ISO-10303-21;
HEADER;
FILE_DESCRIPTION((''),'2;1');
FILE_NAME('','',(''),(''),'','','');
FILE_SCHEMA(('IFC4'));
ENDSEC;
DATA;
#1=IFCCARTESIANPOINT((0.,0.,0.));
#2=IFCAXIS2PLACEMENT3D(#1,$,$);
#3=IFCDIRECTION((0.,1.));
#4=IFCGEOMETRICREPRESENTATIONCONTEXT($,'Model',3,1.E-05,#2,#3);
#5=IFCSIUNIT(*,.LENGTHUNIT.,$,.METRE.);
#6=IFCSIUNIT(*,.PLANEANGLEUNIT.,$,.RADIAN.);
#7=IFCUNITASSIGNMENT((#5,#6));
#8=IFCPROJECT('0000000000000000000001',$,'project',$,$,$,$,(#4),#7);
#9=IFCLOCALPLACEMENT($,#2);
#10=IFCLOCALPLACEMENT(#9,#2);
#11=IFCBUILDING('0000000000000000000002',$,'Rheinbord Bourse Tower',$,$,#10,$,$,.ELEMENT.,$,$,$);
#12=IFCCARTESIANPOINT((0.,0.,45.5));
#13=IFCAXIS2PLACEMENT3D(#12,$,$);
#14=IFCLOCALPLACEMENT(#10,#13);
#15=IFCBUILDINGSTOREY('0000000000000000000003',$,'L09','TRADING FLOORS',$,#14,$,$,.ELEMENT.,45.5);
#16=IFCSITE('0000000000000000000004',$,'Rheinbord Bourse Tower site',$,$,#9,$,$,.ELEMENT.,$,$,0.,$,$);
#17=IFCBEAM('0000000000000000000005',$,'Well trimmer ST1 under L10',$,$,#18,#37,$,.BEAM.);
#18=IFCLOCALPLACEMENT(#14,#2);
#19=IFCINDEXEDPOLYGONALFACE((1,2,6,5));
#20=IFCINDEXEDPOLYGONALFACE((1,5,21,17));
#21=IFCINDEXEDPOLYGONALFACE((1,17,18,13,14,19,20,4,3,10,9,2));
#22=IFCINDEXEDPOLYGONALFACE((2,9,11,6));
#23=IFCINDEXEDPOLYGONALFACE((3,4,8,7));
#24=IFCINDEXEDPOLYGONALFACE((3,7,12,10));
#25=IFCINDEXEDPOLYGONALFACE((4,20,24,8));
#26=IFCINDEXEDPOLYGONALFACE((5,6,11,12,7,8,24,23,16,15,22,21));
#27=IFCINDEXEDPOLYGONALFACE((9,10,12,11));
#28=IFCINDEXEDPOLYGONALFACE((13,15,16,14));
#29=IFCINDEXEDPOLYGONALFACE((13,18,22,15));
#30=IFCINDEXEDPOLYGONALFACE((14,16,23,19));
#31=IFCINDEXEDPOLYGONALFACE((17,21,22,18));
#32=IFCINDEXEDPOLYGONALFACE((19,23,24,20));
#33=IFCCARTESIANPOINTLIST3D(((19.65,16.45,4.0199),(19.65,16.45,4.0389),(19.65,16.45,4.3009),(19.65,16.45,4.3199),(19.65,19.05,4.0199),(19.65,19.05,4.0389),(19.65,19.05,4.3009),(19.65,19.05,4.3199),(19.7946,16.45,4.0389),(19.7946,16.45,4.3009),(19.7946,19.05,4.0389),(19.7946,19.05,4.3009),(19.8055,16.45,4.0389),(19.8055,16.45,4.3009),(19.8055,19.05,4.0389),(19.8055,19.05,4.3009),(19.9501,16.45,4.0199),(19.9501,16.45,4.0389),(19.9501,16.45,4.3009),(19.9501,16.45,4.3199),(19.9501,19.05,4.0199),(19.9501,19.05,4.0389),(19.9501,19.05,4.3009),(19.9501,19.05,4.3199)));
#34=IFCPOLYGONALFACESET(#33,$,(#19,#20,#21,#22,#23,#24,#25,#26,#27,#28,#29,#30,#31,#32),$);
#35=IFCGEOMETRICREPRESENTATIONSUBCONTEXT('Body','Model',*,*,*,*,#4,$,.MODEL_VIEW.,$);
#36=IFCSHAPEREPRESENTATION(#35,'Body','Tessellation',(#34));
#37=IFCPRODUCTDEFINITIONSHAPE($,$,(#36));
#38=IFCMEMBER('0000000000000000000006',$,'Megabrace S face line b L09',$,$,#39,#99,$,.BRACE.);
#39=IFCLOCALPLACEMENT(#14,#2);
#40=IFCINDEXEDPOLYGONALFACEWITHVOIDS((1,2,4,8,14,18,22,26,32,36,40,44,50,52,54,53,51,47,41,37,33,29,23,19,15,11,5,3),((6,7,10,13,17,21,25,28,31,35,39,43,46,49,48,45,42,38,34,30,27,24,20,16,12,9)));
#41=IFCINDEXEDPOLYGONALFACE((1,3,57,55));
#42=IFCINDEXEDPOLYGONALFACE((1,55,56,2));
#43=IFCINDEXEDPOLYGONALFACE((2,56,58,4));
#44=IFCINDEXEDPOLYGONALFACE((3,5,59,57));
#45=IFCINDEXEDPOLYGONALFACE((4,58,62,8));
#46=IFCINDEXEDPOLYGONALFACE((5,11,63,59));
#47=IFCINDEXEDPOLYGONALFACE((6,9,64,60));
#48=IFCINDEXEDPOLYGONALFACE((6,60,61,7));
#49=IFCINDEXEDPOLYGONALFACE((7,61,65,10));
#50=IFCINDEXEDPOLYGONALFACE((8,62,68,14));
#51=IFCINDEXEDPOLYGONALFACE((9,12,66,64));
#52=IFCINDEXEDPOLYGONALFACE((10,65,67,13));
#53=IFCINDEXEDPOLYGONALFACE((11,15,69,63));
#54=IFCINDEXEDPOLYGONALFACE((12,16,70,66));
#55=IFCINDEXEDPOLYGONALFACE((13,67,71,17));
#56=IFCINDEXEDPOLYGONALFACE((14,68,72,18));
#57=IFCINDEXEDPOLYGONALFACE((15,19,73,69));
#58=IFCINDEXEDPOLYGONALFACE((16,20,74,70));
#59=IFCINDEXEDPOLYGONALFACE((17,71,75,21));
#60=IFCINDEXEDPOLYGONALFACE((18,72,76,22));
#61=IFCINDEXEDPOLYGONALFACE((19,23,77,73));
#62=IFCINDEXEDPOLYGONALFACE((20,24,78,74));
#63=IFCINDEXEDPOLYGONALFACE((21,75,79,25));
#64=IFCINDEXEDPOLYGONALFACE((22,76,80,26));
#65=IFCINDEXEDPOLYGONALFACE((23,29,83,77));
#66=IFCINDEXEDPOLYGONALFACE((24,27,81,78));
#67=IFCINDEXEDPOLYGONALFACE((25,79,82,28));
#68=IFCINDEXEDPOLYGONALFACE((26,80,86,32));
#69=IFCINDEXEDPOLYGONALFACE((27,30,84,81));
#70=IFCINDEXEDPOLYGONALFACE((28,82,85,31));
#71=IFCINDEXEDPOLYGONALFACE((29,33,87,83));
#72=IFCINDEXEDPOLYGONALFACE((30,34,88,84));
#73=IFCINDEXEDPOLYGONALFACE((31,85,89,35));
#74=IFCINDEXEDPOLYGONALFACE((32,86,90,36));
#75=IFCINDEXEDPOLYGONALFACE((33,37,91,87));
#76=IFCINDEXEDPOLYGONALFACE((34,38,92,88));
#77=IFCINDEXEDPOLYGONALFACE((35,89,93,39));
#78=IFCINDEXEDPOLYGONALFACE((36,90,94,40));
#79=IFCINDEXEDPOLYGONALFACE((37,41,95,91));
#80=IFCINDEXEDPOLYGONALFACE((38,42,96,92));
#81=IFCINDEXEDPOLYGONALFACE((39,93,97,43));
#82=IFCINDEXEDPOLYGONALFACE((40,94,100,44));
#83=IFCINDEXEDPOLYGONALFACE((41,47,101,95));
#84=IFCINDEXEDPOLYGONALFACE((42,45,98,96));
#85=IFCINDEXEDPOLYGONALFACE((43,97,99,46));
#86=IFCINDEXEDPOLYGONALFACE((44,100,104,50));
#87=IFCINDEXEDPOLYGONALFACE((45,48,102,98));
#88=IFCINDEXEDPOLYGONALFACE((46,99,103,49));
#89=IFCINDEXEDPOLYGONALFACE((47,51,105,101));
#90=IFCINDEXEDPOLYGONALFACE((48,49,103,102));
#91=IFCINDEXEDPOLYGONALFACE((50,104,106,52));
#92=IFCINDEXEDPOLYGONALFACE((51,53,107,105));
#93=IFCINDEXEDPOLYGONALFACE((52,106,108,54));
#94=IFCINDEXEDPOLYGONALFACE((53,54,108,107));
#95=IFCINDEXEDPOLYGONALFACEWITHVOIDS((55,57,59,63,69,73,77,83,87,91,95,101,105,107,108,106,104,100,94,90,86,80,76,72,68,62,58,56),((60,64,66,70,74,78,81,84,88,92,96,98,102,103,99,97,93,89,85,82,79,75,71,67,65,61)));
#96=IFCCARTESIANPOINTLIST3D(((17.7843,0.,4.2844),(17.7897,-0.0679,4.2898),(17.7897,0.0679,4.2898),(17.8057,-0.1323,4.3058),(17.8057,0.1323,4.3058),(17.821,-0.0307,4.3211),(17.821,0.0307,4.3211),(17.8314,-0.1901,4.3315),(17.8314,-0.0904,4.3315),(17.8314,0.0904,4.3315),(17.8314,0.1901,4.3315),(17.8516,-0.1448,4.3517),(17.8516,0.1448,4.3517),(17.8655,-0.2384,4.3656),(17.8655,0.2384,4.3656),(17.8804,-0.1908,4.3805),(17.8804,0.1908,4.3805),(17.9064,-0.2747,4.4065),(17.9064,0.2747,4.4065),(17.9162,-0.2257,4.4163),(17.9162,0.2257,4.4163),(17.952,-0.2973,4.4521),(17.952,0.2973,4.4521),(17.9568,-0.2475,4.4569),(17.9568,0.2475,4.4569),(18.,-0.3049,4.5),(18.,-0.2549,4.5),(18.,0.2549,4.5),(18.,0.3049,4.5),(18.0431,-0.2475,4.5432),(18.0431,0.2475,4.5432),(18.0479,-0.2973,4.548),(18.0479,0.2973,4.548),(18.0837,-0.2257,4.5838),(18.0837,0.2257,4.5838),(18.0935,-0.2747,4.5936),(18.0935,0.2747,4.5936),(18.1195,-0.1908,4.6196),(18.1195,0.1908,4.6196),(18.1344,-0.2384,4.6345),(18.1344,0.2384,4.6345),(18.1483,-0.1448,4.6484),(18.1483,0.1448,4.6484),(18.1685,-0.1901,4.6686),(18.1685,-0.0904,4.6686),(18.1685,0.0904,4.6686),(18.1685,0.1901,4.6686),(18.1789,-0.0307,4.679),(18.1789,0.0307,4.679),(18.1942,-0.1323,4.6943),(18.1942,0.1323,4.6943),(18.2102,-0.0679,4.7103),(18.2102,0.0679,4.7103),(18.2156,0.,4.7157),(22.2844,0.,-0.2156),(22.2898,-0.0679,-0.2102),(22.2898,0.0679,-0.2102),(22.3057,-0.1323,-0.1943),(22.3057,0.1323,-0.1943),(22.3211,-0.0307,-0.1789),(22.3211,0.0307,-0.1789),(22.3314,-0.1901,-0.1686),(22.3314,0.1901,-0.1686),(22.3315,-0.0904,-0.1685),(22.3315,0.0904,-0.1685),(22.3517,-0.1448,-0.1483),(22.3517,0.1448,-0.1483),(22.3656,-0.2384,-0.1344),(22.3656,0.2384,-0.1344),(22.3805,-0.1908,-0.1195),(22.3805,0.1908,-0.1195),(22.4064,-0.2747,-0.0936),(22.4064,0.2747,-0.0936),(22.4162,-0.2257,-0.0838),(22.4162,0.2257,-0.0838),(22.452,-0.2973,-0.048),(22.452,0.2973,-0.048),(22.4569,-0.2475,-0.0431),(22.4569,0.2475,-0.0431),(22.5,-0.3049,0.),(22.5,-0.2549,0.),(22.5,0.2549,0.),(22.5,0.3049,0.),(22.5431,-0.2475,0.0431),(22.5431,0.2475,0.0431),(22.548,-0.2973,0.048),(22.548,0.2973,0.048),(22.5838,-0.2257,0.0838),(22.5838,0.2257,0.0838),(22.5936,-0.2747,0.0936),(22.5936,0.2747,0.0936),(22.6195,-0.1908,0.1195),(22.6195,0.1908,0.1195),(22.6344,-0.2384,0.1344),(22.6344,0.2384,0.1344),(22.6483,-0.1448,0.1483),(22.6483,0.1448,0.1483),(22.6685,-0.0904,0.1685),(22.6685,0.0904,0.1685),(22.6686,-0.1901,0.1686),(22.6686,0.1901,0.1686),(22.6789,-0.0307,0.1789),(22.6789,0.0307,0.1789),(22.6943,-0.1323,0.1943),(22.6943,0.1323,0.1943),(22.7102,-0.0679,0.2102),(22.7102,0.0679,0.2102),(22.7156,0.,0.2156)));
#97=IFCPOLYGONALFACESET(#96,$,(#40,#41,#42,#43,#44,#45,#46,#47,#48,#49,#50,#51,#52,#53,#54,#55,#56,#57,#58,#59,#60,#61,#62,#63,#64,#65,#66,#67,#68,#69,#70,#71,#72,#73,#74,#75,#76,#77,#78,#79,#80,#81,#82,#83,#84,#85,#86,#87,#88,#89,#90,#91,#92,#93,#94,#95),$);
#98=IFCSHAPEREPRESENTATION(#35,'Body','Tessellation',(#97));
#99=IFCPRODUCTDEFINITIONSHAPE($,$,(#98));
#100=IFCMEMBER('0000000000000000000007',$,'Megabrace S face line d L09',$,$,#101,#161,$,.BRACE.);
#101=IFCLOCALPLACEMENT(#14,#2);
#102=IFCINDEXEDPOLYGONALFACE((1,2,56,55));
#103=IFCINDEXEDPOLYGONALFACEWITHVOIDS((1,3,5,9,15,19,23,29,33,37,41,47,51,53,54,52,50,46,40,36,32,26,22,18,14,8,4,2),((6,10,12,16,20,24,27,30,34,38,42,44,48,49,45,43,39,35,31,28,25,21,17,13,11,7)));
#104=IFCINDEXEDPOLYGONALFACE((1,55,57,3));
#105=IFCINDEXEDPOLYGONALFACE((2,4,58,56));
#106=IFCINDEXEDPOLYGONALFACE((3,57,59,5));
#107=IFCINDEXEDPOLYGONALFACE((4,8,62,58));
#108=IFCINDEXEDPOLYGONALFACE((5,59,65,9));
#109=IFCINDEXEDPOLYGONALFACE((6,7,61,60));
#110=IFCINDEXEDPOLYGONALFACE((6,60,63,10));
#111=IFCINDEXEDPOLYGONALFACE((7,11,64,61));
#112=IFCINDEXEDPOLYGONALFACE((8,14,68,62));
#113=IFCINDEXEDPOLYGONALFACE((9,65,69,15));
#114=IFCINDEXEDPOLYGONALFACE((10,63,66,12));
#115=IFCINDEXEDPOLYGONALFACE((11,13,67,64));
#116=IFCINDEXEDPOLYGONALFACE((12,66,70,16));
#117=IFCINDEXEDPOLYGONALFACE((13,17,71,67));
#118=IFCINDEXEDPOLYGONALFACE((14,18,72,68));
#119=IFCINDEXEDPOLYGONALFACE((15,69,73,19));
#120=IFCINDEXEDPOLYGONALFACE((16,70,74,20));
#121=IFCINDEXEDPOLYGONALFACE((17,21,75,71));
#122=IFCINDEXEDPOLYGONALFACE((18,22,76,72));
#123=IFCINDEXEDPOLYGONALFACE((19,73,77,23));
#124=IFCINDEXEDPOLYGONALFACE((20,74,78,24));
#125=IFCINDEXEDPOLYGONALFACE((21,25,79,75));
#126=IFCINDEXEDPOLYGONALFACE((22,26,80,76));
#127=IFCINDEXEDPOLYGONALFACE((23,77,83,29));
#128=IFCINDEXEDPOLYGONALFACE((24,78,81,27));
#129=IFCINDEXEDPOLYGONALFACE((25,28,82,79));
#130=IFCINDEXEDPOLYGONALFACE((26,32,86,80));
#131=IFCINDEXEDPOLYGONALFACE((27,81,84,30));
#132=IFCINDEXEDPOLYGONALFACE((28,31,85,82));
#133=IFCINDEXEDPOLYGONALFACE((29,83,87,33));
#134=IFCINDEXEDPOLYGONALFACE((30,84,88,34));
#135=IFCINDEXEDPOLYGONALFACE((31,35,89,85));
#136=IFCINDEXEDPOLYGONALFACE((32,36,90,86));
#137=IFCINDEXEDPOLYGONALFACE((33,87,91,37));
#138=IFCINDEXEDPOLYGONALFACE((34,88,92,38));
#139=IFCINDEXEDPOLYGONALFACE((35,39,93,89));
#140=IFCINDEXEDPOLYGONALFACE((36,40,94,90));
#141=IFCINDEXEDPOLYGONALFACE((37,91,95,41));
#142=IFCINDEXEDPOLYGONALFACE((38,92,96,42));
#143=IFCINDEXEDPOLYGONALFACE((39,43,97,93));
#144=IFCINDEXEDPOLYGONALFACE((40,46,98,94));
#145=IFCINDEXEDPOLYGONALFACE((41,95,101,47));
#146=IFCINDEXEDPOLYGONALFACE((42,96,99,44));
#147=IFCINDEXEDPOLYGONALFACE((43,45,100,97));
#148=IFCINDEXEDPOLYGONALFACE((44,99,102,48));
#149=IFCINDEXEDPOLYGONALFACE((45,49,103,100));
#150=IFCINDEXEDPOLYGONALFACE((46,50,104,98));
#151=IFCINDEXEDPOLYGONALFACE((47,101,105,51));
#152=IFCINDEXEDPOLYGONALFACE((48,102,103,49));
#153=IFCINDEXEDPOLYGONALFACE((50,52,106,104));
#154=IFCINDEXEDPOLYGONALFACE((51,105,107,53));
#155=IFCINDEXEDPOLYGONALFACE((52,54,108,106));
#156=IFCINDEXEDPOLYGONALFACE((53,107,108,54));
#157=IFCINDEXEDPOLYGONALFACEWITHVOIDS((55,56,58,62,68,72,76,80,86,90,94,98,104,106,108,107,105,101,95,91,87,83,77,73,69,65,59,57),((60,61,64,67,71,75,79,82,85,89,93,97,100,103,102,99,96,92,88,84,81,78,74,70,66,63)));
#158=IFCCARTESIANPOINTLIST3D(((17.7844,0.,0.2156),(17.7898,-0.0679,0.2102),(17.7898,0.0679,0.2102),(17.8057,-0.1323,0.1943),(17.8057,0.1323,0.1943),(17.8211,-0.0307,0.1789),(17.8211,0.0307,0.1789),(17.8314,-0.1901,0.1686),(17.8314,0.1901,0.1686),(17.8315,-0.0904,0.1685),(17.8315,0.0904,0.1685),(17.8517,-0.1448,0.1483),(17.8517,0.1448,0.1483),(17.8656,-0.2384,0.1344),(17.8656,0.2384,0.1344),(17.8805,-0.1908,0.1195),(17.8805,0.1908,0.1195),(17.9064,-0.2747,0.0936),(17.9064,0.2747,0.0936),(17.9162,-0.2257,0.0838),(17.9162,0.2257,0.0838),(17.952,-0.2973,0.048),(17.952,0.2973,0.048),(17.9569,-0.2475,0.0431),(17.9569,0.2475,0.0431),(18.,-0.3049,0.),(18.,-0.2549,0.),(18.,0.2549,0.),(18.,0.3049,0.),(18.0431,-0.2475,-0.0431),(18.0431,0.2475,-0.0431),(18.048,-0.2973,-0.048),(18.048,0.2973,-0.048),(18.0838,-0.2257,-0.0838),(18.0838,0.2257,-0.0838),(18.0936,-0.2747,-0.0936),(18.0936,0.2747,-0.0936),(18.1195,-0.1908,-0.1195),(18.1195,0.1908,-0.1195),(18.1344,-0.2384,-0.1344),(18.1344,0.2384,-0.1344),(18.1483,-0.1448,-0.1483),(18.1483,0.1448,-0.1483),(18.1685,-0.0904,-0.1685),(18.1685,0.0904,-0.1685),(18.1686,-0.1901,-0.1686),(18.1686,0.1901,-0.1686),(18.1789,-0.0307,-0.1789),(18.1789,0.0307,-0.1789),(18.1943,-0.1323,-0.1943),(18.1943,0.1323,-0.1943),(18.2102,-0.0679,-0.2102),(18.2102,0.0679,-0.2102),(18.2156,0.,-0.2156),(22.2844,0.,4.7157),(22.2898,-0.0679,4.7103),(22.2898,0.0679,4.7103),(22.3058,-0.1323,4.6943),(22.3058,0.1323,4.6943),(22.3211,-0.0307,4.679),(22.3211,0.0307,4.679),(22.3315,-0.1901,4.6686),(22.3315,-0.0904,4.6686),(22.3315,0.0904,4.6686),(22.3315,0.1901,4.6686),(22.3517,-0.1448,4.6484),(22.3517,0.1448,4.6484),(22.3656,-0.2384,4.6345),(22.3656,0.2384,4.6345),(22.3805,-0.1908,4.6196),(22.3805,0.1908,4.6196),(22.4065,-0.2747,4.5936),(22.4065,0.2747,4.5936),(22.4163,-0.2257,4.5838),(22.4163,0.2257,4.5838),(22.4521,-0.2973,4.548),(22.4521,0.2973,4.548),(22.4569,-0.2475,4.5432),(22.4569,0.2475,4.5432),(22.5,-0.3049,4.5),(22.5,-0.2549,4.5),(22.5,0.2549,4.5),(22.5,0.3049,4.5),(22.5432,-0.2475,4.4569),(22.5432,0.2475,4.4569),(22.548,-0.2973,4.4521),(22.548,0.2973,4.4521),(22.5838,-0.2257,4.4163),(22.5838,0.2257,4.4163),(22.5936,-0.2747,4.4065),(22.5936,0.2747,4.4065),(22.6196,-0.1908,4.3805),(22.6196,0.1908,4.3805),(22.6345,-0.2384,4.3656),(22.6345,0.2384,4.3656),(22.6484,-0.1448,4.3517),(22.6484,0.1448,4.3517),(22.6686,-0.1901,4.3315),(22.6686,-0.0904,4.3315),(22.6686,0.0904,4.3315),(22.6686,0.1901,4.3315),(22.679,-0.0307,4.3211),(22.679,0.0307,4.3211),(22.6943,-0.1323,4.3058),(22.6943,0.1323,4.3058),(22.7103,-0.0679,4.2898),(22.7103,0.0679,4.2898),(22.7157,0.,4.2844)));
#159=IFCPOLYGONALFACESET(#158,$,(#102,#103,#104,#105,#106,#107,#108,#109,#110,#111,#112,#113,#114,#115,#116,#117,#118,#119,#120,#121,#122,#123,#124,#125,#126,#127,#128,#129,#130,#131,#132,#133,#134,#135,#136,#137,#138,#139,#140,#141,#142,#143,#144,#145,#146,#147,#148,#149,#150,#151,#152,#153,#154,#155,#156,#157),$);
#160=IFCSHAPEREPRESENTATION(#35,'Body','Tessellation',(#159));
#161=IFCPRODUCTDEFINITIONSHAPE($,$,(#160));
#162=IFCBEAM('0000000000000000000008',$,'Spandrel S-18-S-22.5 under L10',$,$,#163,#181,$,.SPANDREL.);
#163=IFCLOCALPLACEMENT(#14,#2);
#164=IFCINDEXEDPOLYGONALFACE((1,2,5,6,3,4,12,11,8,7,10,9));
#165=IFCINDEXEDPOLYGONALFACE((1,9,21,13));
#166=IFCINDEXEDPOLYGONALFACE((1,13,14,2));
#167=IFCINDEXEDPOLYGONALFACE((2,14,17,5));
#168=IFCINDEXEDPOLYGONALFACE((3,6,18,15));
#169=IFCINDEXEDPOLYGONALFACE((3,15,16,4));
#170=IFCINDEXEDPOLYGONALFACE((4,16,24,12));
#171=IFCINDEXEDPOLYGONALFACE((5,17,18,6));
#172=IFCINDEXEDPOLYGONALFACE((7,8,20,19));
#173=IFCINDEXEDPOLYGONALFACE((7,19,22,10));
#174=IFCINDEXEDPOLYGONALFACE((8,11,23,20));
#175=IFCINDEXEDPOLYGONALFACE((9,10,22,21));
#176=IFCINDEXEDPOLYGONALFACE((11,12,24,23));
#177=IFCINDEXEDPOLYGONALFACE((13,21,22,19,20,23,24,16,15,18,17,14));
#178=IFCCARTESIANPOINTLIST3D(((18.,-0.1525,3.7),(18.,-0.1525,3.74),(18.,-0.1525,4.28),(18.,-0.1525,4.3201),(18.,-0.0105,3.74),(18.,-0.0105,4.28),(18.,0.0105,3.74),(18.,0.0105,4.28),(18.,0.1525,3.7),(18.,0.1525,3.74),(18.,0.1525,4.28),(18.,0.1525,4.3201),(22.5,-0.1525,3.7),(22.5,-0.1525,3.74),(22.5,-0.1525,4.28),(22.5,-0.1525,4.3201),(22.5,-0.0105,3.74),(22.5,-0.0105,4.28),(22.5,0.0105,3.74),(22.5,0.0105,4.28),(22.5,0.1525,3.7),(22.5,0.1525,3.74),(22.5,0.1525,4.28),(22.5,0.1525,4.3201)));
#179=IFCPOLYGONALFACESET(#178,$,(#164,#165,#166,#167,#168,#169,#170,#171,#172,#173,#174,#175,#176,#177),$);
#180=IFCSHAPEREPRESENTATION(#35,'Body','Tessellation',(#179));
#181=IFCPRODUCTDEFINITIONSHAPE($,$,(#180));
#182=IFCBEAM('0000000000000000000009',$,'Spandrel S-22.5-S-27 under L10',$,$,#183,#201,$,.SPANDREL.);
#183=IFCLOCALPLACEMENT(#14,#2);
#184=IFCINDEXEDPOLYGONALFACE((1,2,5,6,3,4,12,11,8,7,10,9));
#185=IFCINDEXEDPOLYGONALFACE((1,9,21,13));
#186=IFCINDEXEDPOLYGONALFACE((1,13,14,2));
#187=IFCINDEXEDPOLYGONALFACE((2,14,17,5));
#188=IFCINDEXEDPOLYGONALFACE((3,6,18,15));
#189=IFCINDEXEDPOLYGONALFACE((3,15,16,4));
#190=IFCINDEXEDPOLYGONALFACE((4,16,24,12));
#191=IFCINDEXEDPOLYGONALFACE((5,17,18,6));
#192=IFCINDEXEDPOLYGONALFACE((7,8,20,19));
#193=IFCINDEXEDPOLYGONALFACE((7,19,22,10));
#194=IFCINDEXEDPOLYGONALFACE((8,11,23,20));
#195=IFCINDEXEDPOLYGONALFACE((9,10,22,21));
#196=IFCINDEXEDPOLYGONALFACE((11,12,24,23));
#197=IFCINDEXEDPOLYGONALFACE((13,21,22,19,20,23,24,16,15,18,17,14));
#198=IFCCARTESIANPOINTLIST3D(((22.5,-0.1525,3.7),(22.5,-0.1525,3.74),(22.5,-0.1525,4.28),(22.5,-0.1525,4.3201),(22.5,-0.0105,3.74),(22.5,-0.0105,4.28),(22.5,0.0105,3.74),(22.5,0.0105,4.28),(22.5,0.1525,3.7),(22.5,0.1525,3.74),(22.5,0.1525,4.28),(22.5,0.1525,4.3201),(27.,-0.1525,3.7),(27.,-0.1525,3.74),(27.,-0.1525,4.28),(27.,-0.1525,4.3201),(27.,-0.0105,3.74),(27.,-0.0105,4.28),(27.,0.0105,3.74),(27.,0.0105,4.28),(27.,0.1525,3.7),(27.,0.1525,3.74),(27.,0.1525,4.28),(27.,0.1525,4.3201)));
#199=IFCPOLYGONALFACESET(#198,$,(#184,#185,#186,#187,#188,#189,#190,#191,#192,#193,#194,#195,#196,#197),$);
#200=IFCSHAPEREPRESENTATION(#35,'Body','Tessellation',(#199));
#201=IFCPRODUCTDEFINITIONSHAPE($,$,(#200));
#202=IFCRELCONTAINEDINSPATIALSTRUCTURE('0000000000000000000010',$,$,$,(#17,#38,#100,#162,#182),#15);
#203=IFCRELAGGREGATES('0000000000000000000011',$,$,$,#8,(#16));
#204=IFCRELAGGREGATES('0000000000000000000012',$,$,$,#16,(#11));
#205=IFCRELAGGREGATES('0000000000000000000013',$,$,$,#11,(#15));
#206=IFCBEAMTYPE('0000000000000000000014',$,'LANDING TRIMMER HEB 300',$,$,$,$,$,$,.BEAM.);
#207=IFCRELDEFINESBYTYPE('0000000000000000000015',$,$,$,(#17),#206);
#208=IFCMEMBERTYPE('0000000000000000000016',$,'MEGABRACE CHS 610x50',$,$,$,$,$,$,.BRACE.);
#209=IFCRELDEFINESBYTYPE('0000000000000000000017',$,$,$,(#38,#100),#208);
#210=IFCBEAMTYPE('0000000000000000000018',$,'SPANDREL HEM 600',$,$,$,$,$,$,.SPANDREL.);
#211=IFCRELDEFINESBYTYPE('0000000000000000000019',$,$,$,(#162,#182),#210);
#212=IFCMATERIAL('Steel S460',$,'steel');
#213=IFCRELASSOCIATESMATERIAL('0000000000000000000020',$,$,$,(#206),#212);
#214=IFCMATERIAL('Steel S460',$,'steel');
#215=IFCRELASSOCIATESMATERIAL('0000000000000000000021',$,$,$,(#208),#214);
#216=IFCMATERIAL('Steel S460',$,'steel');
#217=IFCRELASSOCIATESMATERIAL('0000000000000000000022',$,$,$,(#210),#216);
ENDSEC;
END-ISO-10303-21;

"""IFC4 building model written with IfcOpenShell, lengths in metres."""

from ifc_helpers import new_model, si_unit, direction, frame, origin, origin_2d, place, context, subcontext, project, spatial, hollow_circle, i_section, extrude, material, material_profile, profile_set, type_object, element, save


model = new_model("IFC4")

# Units and contexts
model_context = context("Model", 3, precision=1e-05, world=origin(), true_north=direction((0.0, 1.0)))
body_context = subcontext(model_context, "Body", "Model", "MODEL_VIEW")
ifc_project = project(units=[si_unit("LENGTHUNIT", "METRE"), si_unit("PLANEANGLEUNIT", "RADIAN")], contexts=[model_context])

# Site, building, storey
site_placement = place(None, origin())
site = spatial("IfcSite", under=ifc_project, at=site_placement, Name="Rheinbord Bourse Tower site", CompositionType="ELEMENT", RefElevation=0.0)
building_placement = place(site_placement, origin())
building = spatial("IfcBuilding", under=site, at=building_placement, Name="Rheinbord Bourse Tower", CompositionType="ELEMENT")
storey_placement = place(building_placement, frame((0.0, 0.0, 45.5)))
storey = spatial("IfcBuildingStorey", under=building, at=storey_placement, Name="L09", Description="TRADING FLOORS", CompositionType="ELEMENT", Elevation=45.5)

# Beam
ifc_material_1 = material(Name="Steel S460", Category="steel")
ifc_material_profile_1 = material_profile(ifc_material_1, i_section(OverallWidth=0.3, OverallDepth=0.3, WebThickness=0.011, FlangeThickness=0.019, at=origin_2d()), Name="HEB 300")
ifc_profile_set_1 = profile_set([ifc_material_profile_1], Name="Steel S460")
beam_type_1 = type_object("IfcBeamType", Name="LANDING TRIMMER HEB 300", PredefinedType="BEAM", material=ifc_profile_set_1)
beam_placement = place(storey_placement, frame((19.8, 16.45, 4.1699), z_axis=(0.0, 1.0, 0.0), x_axis=(-1.0, 0.0, 0.0)))
element("IfcBeam", 1, at=beam_placement, inside=storey, type_object=beam_type_1, Name="Well trimmer ST1 under L10", PredefinedType="BEAM", context=body_context, shape_type="SweptSolid", body=[
    extrude(i_section(OverallWidth=0.3, OverallDepth=0.3, WebThickness=0.011, FlangeThickness=0.019, at=origin_2d()), origin(), (0.0, 0.0, 1.0), 2.6001),
])

# Members
ifc_material_2 = material(Name="Steel S460", Category="steel")
ifc_material_profile_2 = material_profile(ifc_material_2, hollow_circle(Radius=0.3049, WallThickness=0.05, at=origin_2d()), Name="CHS 610x50")
ifc_profile_set_2 = profile_set([ifc_material_profile_2], Name="Steel S460")
member_type_1 = type_object("IfcMemberType", Name="MEGABRACE CHS 610x50", PredefinedType="BRACE", material=ifc_profile_set_2)
for number, where, z_axis, x_axis, name in (
    (2, (22.5, 0.0, 0.0), (-0.707107, 0.0, 0.707107), (0.0, -1.0, 0.0), "Megabrace S face line b L09"),
    (3, (18.0, 0.0, 0.0), (0.707107, 0.0, 0.707107), (0.0, 1.0, 0.0), "Megabrace S face line d L09"),
):
    element("IfcMember", number, at=place(storey_placement, frame(where, z_axis=z_axis, x_axis=x_axis)), inside=storey, type_object=member_type_1, Name=name, PredefinedType="BRACE", context=body_context, shape_type="SweptSolid", body=[
        extrude(hollow_circle(Radius=0.3049, WallThickness=0.05, at=origin_2d()), origin(), (0.0, 0.0, 1.0), 6.364),
    ])

# Beams
ifc_material_3 = material(Name="Steel S460", Category="steel")
ifc_material_profile_3 = material_profile(ifc_material_3, i_section(OverallWidth=0.3049, OverallDepth=0.6201, WebThickness=0.021, FlangeThickness=0.04, at=origin_2d()), Name="HEM 600")
ifc_profile_set_3 = profile_set([ifc_material_profile_3], Name="Steel S460")
beam_type_2 = type_object("IfcBeamType", Name="SPANDREL HEM 600", PredefinedType="SPANDREL", material=ifc_profile_set_3)
for number, where, z_axis, x_axis, name in (
    (4, (18.0, 0.0, 4.01), (1.0, 0.0, 0.0), (0.0, 1.0, 0.0), "Spandrel S-18-S-22.5 under L10"),
    (5, (22.5, 0.0, 4.01), (1.0, 0.0, 0.0), (0.0, 1.0, 0.0), "Spandrel S-22.5-S-27 under L10"),
):
    element("IfcBeam", number, at=place(storey_placement, frame(where, z_axis=z_axis, x_axis=x_axis)), inside=storey, type_object=beam_type_2, Name=name, PredefinedType="SPANDREL", context=body_context, shape_type="SweptSolid", body=[
        extrude(i_section(OverallWidth=0.3049, OverallDepth=0.6201, WebThickness=0.021, FlangeThickness=0.04, at=origin_2d()), origin(), (0.0, 0.0, 1.0), 4.5),
    ])

save(model, "model.ifc")
